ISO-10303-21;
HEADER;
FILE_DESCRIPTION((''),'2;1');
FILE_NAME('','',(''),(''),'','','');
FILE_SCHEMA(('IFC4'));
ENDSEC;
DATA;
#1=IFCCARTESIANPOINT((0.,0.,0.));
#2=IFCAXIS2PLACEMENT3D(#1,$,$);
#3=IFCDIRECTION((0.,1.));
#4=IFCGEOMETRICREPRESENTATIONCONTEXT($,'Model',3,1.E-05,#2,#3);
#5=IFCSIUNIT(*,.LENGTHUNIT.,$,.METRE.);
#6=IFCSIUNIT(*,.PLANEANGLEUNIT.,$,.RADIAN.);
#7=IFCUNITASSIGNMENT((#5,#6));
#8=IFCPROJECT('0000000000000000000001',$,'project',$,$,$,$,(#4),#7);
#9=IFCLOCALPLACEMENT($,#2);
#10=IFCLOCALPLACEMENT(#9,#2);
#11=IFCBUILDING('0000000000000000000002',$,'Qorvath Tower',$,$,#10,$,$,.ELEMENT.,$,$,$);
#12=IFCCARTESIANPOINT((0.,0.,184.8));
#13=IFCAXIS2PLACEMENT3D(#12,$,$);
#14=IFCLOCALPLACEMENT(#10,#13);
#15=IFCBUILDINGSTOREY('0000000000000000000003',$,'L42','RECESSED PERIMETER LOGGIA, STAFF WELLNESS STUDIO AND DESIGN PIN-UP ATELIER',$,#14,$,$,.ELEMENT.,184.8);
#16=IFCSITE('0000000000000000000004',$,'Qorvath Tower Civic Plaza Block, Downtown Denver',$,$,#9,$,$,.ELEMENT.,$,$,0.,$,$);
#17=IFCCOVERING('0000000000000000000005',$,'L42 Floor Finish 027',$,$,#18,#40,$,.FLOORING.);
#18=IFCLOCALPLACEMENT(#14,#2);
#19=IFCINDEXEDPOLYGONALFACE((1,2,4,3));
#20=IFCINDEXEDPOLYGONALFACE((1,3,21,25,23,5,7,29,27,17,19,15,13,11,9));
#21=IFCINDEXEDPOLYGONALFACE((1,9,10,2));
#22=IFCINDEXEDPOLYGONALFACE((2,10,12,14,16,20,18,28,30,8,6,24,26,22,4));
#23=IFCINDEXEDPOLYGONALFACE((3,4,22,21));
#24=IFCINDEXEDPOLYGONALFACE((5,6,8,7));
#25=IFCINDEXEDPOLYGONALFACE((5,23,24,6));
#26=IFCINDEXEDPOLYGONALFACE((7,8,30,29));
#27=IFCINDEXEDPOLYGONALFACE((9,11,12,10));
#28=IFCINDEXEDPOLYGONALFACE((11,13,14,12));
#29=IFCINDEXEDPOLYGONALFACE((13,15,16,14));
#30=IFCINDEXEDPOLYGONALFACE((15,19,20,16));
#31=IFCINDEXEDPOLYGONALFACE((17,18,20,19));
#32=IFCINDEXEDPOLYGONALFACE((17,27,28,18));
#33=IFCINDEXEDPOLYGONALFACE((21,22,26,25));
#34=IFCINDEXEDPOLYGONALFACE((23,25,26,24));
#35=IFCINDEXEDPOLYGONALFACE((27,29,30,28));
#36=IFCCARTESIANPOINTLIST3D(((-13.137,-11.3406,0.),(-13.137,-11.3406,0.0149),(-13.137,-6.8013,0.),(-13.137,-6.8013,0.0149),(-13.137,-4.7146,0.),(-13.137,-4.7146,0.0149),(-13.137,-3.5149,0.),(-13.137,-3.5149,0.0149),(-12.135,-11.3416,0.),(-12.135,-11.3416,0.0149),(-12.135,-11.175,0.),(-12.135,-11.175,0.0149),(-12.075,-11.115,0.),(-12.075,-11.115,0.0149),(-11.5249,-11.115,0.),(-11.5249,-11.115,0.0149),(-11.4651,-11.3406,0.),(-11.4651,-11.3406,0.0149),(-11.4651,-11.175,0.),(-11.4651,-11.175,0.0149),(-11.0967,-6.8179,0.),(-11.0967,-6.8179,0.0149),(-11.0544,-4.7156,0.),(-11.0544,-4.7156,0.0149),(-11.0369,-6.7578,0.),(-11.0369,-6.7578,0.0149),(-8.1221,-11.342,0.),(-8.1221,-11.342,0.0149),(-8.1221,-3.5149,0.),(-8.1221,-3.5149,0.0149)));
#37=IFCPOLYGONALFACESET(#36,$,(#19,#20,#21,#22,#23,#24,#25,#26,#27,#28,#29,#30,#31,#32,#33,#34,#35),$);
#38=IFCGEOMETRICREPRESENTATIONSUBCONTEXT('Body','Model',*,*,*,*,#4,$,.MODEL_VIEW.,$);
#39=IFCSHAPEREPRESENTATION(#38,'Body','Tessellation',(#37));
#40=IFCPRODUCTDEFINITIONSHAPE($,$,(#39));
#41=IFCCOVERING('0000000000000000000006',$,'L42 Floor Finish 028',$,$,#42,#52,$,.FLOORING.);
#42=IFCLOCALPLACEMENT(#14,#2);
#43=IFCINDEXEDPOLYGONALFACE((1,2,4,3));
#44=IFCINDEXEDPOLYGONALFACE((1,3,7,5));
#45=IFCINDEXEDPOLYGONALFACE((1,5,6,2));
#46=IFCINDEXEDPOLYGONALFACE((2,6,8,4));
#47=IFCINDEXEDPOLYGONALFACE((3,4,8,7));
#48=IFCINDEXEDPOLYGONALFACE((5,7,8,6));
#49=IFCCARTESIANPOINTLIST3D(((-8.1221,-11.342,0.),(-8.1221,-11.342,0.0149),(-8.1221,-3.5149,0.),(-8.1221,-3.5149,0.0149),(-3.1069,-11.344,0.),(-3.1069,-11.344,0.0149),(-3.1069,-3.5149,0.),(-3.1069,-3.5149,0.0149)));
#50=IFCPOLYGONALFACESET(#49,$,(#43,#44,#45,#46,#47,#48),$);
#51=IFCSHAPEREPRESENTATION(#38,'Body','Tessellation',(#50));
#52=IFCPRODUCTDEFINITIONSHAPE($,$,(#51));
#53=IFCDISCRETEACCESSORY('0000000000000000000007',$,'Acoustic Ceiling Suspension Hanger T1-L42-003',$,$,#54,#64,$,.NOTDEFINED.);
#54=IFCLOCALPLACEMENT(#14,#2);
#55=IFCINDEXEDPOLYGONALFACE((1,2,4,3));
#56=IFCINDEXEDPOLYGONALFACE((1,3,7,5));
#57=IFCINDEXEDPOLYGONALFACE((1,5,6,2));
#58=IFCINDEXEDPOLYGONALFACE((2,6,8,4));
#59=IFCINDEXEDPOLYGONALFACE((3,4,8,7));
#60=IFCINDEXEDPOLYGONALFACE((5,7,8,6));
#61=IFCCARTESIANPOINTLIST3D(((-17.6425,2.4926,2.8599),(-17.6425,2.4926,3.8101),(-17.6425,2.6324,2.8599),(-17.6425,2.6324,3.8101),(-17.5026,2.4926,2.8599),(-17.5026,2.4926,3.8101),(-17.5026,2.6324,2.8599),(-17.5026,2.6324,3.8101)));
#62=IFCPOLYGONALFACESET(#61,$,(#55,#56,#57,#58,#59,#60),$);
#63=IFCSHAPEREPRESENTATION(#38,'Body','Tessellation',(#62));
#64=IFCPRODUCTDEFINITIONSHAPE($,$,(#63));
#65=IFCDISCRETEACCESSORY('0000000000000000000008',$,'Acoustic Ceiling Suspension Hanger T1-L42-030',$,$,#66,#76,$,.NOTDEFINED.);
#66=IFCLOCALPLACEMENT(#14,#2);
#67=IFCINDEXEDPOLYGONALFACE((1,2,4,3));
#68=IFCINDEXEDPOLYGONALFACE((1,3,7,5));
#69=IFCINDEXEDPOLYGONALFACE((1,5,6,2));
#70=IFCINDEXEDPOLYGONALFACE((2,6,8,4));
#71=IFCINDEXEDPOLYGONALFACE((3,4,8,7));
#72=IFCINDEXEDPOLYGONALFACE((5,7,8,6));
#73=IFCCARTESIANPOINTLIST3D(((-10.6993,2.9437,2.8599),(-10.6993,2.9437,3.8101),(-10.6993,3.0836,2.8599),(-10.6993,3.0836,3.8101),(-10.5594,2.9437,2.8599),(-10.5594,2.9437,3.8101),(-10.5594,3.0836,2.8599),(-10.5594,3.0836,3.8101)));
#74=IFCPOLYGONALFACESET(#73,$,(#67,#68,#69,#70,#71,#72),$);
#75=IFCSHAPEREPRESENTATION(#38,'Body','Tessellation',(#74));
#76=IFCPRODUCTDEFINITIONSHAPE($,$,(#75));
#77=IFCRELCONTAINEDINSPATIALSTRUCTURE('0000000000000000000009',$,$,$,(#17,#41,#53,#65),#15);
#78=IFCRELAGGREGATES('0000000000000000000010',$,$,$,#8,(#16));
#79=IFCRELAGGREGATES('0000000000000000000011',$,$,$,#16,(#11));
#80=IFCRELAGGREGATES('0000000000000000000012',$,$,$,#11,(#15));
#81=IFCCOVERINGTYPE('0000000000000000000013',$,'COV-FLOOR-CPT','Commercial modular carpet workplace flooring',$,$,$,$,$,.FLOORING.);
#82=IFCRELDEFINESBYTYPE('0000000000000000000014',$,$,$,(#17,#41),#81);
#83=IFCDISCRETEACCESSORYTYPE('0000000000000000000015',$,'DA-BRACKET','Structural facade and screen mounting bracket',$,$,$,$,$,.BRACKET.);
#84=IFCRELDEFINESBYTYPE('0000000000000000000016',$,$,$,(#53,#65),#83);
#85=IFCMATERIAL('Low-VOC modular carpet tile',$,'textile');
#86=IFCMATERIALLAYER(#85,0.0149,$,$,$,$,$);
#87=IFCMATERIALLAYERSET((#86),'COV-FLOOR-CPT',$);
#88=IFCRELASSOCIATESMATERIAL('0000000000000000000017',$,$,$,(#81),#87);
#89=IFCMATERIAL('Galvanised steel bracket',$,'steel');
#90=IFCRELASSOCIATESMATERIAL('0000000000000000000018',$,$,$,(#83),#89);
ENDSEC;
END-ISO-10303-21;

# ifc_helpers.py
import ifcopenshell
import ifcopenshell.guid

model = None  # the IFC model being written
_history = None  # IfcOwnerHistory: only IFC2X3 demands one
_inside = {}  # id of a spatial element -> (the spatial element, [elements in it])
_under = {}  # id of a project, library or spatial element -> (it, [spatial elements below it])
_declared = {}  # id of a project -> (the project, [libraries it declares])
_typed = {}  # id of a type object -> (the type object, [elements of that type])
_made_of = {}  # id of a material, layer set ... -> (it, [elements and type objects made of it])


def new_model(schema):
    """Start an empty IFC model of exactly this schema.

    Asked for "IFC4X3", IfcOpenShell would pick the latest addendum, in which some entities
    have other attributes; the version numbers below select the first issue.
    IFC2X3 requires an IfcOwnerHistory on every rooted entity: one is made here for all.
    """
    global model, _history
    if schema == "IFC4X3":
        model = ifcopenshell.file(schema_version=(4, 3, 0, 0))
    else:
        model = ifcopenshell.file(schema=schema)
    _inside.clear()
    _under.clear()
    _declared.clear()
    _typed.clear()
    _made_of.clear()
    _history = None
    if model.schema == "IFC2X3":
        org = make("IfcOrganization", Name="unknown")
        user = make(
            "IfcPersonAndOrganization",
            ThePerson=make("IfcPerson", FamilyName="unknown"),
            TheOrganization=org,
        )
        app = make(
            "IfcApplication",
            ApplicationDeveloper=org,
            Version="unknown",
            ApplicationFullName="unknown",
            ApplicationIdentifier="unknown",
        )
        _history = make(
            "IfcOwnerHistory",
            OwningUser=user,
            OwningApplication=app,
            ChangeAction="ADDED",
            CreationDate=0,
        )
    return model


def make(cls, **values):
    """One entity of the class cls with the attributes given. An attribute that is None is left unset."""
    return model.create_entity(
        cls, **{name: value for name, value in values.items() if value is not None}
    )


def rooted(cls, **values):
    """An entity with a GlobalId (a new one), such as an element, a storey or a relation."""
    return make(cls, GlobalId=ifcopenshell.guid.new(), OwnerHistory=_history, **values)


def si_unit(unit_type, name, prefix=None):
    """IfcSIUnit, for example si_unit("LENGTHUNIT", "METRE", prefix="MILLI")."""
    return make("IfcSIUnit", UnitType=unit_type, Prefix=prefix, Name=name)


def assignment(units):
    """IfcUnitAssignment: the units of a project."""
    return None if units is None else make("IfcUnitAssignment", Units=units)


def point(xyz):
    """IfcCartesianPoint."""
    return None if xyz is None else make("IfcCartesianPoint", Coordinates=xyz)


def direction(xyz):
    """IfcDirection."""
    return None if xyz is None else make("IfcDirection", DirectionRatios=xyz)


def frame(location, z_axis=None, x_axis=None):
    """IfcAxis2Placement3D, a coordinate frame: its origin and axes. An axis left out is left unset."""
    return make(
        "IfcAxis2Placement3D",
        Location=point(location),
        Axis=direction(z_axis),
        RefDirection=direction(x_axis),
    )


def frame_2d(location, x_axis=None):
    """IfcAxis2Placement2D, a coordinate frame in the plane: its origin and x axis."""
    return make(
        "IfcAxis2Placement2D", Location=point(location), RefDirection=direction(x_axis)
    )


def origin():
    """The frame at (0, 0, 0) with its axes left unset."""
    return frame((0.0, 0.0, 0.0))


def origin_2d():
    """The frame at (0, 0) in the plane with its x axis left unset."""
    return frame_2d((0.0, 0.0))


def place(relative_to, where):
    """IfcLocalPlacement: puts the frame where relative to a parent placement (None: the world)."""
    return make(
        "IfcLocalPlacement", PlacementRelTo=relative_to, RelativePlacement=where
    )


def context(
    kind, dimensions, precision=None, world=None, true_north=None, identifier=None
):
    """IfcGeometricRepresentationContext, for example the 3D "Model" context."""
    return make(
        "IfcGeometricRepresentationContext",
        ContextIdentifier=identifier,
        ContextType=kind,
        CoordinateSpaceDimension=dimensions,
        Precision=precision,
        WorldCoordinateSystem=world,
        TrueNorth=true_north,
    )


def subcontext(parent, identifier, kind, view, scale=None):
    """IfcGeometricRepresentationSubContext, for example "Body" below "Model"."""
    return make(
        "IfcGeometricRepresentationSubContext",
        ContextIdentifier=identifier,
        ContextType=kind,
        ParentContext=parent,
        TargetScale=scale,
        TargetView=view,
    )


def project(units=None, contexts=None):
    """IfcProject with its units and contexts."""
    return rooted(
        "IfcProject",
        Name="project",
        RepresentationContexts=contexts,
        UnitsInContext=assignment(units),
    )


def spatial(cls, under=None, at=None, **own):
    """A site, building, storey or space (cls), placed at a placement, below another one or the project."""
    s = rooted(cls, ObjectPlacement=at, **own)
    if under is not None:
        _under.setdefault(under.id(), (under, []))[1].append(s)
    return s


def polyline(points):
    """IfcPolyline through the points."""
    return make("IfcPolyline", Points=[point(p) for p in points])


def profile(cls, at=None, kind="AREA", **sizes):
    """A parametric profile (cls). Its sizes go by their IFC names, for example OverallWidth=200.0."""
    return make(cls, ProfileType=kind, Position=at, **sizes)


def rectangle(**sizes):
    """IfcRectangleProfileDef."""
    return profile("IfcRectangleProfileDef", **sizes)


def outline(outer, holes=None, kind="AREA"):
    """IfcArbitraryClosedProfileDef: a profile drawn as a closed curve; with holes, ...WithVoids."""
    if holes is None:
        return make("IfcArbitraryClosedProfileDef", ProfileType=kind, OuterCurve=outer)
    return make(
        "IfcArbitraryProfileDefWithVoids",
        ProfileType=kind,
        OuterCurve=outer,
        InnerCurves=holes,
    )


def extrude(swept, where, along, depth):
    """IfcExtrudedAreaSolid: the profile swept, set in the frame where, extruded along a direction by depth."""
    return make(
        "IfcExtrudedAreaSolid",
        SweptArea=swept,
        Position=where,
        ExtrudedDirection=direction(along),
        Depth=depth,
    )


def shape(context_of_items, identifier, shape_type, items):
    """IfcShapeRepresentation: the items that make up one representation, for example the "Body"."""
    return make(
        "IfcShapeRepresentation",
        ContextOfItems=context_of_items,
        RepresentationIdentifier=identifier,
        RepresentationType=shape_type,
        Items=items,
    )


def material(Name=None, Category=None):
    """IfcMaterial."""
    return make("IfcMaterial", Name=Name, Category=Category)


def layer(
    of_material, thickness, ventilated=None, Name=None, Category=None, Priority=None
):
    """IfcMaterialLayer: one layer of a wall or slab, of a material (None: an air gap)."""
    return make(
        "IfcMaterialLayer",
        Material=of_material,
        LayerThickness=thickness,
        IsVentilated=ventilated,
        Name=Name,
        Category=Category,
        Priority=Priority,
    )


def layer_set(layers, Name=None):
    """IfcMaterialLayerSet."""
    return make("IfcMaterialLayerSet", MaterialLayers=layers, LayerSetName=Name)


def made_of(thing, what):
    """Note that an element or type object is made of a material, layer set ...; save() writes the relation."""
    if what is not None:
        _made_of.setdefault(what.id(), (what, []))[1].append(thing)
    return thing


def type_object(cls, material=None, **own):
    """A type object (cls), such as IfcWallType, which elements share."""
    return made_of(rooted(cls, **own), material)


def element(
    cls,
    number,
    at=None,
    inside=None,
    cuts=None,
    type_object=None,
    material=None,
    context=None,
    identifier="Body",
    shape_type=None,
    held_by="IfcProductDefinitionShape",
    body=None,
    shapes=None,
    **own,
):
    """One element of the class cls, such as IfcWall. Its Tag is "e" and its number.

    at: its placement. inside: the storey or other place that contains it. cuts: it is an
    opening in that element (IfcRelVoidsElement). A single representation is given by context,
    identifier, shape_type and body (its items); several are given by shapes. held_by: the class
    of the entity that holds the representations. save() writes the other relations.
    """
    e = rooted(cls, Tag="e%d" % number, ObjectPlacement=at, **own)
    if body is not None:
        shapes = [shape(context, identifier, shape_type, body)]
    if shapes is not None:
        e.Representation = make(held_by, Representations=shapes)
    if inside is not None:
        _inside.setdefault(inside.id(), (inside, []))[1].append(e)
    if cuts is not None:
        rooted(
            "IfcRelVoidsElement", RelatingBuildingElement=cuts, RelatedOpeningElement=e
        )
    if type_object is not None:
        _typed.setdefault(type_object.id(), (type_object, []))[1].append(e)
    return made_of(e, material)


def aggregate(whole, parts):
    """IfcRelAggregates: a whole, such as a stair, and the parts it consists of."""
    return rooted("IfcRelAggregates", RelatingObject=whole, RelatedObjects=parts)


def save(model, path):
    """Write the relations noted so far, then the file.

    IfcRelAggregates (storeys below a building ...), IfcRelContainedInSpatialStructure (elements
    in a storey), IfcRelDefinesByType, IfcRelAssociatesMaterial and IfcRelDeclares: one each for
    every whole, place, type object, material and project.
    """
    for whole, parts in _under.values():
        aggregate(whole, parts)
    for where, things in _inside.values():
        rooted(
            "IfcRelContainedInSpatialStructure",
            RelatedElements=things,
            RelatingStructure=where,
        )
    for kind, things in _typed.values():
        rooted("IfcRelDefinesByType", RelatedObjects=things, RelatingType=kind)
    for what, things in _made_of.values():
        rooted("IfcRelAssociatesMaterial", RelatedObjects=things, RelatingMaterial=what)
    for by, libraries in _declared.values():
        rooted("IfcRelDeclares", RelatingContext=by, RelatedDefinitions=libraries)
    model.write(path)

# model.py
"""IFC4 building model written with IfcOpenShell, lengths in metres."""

from ifc_helpers import new_model, si_unit, direction, frame, origin, origin_2d, place, context, subcontext, project, spatial, polyline, rectangle, outline, extrude, material, layer, layer_set, type_object, element, save


model = new_model("IFC4")

# Units and contexts
model_context = context("Model", 3, precision=1e-05, world=origin(), true_north=direction((0.0, 1.0)))
body_context = subcontext(model_context, "Body", "Model", "MODEL_VIEW")
ifc_project = project(units=[si_unit("LENGTHUNIT", "METRE"), si_unit("PLANEANGLEUNIT", "RADIAN")], contexts=[model_context])

# Site, building, storey
site_placement = place(None, origin())
site = spatial("IfcSite", under=ifc_project, at=site_placement, Name="Qorvath Tower Civic Plaza Block, Downtown Denver", CompositionType="ELEMENT", RefElevation=0.0)
building_placement = place(site_placement, origin())
building = spatial("IfcBuilding", under=site, at=building_placement, Name="Qorvath Tower", CompositionType="ELEMENT")
storey_placement = place(building_placement, frame((0.0, 0.0, 184.8)))
storey = spatial("IfcBuildingStorey", under=building, at=storey_placement, Name="L42", Description="RECESSED PERIMETER LOGGIA, STAFF WELLNESS STUDIO AND DESIGN PIN-UP ATELIER", CompositionType="ELEMENT", Elevation=184.8)

# Coverings
ifc_material_1 = material(Name="Low-VOC modular carpet tile", Category="textile")
ifc_layer_1 = layer(ifc_material_1, 0.0149)
ifc_layer_set_1 = layer_set([ifc_layer_1], Name="COV-FLOOR-CPT")
covering_type_1 = type_object("IfcCoveringType", Name="COV-FLOOR-CPT", Description="Commercial modular carpet workplace flooring", PredefinedType="FLOORING", material=ifc_layer_set_1)
covering_1_placement = place(storey_placement, origin())
element("IfcCovering", 1, at=covering_1_placement, inside=storey, type_object=covering_type_1, Name="L42 Floor Finish 027", PredefinedType="FLOORING", context=body_context, shape_type="SweptSolid", body=[
    extrude(outline(polyline([(-8.1221, -11.342), (-8.1221, -3.5149), (-13.137, -3.5149), (-13.137, -4.7146), (-11.0544, -4.7156), (-11.0369, -6.7578), (-11.0967, -6.8179), (-13.137, -6.8013), (-13.137, -11.3406), (-12.135, -11.3416), (-12.135, -11.175), (-12.075, -11.115), (-11.5249, -11.115), (-11.4651, -11.175), (-11.4651, -11.3406), (-8.1221, -11.342)])), origin(), (0.0, 0.0, 1.0), 0.0149),
])
covering_2_placement = place(storey_placement, origin())
element("IfcCovering", 2, at=covering_2_placement, inside=storey, type_object=covering_type_1, Name="L42 Floor Finish 028", PredefinedType="FLOORING", context=body_context, shape_type="SweptSolid", body=[
    extrude(outline(polyline([(-3.1069, -11.344), (-3.1069, -3.5149), (-8.1221, -3.5149), (-8.1221, -11.342), (-3.1069, -11.344)])), origin(), (0.0, 0.0, 1.0), 0.0149),
])

# Discrete accessories
ifc_material_2 = material(Name="Galvanised steel bracket", Category="steel")
discrete_accessory_type = type_object("IfcDiscreteAccessoryType", Name="DA-BRACKET", Description="Structural facade and screen mounting bracket", PredefinedType="BRACKET", material=ifc_material_2)
for number, where, z_axis, x_axis, name in (
    (3, (-17.5725, 2.5625, 2.8599), (0.0, 0.0, 1.0), (1.0, 0.0, 0.0), "Acoustic Ceiling Suspension Hanger T1-L42-003"),
    (4, (-10.6294, 3.0137, 2.8599), (0.0, 0.0, 1.0), (1.0, 0.0, 0.0), "Acoustic Ceiling Suspension Hanger T1-L42-030"),
):
    element("IfcDiscreteAccessory", number, at=place(storey_placement, frame(where, z_axis=z_axis, x_axis=x_axis)), inside=storey, type_object=discrete_accessory_type, Name=name, PredefinedType="NOTDEFINED", context=body_context, shape_type="SweptSolid", body=[
        extrude(rectangle(XDim=0.1399, YDim=0.1399, at=origin_2d()), origin(), (0.0, 0.0, 1.0), 0.9502),
    ])

save(model, "model.ifc")
